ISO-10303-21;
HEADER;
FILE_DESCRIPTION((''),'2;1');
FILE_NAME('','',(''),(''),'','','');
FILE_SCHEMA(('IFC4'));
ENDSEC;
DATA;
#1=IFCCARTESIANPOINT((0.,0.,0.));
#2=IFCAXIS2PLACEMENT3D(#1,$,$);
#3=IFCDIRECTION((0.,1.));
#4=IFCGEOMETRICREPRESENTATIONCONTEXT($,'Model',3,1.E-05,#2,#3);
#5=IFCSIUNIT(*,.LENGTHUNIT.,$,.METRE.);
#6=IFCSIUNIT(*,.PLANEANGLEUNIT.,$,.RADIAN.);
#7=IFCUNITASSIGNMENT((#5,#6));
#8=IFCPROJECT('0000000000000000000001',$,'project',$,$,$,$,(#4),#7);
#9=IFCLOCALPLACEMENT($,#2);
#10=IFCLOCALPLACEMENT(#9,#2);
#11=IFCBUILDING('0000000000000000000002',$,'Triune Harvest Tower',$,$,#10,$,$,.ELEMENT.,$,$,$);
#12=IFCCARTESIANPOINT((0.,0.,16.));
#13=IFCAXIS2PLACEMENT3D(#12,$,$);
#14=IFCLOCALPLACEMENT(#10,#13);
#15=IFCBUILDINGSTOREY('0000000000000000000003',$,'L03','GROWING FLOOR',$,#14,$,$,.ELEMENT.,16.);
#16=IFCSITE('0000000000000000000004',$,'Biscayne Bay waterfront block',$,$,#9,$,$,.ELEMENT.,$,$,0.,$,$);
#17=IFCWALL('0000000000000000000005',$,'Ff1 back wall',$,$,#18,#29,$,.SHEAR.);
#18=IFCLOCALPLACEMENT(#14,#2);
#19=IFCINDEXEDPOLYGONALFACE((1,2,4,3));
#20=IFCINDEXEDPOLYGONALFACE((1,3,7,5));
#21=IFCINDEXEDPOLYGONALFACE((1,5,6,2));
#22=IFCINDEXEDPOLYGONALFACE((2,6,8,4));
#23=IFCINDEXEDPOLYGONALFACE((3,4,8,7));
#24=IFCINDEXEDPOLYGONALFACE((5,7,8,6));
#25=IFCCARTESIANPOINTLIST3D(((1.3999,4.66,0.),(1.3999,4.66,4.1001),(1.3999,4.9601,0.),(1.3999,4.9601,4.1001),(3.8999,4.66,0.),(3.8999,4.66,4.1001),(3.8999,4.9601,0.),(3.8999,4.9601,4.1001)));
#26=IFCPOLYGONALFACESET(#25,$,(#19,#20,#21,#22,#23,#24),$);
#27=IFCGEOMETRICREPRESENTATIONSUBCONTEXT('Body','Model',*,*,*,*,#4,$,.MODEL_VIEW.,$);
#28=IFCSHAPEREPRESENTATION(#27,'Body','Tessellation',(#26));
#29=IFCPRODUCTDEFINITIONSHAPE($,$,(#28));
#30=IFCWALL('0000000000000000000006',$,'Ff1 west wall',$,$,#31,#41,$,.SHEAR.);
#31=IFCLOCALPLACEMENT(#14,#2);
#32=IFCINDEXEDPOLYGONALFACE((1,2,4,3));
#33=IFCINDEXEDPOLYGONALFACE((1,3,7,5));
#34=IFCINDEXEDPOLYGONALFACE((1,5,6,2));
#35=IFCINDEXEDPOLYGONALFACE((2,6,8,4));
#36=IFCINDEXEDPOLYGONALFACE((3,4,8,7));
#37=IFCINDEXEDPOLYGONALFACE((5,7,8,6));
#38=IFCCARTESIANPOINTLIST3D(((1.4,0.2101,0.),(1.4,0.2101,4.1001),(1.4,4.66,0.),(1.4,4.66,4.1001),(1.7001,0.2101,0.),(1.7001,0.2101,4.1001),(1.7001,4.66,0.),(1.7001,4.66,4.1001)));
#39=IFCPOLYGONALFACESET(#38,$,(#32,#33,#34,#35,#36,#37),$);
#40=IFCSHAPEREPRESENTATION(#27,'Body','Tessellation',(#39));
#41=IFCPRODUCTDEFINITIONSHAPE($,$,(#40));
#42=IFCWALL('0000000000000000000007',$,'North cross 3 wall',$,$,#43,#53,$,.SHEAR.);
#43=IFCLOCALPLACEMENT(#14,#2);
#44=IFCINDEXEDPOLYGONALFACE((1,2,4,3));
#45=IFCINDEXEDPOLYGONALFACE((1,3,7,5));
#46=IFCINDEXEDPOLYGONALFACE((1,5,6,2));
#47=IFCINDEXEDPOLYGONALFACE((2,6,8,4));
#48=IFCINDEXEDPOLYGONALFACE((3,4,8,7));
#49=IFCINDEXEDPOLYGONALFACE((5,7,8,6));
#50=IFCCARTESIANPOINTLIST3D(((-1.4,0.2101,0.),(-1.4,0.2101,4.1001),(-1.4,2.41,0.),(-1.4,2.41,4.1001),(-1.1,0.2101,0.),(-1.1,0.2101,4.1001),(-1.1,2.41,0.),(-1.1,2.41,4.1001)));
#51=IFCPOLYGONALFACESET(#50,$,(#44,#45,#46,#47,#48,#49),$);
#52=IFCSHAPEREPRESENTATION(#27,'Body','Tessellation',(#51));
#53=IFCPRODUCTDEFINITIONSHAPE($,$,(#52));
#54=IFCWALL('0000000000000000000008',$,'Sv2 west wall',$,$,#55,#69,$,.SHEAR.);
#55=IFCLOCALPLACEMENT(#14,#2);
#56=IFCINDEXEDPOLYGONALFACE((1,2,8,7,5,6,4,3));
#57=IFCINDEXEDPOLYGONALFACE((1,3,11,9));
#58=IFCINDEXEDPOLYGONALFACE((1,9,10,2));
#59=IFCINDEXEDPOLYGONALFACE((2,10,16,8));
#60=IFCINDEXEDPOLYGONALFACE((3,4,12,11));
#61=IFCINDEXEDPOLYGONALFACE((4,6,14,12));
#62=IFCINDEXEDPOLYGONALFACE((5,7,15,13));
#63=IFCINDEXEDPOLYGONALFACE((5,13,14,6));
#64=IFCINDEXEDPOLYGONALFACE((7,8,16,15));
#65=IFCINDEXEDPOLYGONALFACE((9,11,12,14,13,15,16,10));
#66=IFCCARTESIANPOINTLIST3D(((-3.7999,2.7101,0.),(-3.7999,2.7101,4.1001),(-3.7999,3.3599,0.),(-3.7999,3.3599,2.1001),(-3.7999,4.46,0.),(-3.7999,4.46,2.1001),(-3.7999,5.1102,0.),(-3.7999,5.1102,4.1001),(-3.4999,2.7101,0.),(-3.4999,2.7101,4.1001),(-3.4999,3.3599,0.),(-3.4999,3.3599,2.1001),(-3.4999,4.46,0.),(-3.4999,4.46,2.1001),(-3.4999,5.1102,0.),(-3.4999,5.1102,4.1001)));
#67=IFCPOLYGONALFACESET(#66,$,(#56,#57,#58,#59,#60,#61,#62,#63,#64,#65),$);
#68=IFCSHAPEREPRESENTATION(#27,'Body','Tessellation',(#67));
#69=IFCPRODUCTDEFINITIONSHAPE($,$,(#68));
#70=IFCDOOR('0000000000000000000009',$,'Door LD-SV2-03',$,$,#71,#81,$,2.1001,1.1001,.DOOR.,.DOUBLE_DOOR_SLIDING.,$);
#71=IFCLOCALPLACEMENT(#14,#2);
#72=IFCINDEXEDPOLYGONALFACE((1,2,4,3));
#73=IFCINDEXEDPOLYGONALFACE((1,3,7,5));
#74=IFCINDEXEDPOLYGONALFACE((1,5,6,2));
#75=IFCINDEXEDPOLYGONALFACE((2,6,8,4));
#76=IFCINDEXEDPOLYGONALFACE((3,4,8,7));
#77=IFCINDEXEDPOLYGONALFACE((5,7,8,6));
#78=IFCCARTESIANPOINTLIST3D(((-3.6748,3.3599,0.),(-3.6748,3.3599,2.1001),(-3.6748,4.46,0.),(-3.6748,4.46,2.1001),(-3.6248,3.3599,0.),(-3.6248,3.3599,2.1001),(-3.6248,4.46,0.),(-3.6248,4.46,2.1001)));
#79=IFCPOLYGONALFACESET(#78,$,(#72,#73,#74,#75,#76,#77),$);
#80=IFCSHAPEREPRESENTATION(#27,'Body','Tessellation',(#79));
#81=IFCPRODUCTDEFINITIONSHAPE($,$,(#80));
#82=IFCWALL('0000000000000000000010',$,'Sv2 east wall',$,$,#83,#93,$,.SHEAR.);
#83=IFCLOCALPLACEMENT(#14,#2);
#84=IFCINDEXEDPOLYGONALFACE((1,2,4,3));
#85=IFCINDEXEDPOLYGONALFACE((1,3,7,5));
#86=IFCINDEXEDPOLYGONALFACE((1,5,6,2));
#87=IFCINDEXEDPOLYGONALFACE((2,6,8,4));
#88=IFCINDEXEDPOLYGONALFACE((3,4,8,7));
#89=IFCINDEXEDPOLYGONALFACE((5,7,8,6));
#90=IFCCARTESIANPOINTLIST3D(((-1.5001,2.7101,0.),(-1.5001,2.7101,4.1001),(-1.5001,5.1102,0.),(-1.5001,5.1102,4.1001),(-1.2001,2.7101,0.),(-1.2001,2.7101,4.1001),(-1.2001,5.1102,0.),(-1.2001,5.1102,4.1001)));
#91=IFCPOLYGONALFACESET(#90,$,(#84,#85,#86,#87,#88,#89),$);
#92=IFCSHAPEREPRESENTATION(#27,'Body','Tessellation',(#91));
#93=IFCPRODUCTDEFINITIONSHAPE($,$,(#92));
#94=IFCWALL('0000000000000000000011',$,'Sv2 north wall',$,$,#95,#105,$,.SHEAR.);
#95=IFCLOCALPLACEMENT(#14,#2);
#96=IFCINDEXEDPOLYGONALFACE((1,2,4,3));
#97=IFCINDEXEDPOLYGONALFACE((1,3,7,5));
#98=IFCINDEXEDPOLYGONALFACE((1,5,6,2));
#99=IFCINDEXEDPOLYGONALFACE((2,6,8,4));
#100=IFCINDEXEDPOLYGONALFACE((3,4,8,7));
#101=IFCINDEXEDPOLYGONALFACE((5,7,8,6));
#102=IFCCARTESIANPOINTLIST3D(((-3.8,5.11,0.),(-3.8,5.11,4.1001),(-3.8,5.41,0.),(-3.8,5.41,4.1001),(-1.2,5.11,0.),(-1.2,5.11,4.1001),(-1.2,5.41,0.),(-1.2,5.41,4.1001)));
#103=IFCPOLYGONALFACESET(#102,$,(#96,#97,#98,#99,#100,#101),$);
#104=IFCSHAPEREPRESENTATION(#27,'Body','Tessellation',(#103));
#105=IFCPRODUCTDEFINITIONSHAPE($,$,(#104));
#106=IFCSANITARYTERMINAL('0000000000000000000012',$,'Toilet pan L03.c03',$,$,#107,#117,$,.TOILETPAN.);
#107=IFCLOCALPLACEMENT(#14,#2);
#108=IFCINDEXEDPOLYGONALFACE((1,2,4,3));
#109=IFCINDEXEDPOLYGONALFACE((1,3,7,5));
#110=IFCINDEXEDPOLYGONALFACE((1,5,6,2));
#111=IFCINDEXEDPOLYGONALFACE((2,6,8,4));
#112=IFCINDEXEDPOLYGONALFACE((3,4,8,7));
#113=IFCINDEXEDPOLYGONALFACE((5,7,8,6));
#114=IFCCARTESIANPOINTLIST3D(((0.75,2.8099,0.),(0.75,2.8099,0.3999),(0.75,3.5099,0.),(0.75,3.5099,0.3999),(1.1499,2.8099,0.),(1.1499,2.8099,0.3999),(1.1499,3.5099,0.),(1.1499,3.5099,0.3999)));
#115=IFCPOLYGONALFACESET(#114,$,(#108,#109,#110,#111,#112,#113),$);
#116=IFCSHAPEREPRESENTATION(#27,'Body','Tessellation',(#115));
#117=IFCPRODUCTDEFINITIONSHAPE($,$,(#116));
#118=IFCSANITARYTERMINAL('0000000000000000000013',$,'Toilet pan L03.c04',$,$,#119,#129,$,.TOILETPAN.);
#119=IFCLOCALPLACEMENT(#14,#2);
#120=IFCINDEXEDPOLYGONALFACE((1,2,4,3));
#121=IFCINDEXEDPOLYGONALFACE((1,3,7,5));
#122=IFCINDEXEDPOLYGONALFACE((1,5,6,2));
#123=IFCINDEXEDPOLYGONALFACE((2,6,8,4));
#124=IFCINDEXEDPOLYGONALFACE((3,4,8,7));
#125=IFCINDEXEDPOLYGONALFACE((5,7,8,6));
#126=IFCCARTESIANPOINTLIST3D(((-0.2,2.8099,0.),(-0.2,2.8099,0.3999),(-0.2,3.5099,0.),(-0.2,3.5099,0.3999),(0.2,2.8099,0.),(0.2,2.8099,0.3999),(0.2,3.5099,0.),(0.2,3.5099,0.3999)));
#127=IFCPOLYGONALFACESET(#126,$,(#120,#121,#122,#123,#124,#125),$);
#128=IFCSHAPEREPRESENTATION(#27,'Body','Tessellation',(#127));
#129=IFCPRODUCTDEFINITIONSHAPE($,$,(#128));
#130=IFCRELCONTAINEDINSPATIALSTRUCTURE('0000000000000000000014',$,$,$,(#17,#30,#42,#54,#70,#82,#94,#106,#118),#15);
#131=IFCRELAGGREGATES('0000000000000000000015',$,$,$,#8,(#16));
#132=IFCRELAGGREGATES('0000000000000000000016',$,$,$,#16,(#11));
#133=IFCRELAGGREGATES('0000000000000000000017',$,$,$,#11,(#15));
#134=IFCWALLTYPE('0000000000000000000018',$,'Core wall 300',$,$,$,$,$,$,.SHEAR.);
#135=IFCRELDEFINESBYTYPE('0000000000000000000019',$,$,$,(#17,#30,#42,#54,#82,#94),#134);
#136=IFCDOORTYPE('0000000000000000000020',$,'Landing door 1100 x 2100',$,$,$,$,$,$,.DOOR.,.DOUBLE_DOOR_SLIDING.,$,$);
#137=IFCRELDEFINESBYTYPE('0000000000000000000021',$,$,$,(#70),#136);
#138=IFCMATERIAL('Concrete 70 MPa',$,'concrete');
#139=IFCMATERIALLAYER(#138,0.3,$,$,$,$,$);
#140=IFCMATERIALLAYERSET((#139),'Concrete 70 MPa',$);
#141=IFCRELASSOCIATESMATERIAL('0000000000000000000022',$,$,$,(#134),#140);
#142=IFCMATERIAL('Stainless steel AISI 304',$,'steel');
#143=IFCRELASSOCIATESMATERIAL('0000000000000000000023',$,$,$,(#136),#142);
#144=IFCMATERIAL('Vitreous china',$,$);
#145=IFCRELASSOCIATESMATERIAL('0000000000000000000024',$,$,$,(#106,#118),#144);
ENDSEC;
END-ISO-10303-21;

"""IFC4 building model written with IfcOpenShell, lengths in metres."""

from ifc_helpers import new_model, si_unit, direction, frame, frame_2d, origin, origin_2d, place, context, subcontext, project, spatial, rectangle, extrude, source, transform, mapped, material, layer, layer_set, type_object, element, fill, save


model = new_model("IFC4")

# Units and contexts
model_context = context("Model", 3, precision=1e-05, world=origin(), true_north=direction((0.0, 1.0)))
body_context = subcontext(model_context, "Body", "Model", "MODEL_VIEW")
ifc_project = project(units=[si_unit("LENGTHUNIT", "METRE"), si_unit("PLANEANGLEUNIT", "RADIAN")], contexts=[model_context])

# Site, building, storey
site_placement = place(None, origin())
site = spatial("IfcSite", under=ifc_project, at=site_placement, Name="Biscayne Bay waterfront block", CompositionType="ELEMENT", RefElevation=0.0)
building_placement = place(site_placement, origin())
building = spatial("IfcBuilding", under=site, at=building_placement, Name="Triune Harvest Tower", CompositionType="ELEMENT")
storey_placement = place(building_placement, frame((0.0, 0.0, 16.0)))
storey = spatial("IfcBuildingStorey", under=building, at=storey_placement, Name="L03", Description="GROWING FLOOR", CompositionType="ELEMENT", Elevation=16.0)

# Walls
ifc_material_1 = material(Name="Concrete 70 MPa", Category="concrete")
ifc_layer_1 = layer(ifc_material_1, 0.3)
ifc_layer_set_1 = layer_set([ifc_layer_1], Name="Concrete 70 MPa")
wall_type = type_object("IfcWallType", Name="Core wall 300", PredefinedType="SHEAR", material=ifc_layer_set_1)
shared_shape_1 = source(origin(), body_context, "Body", "SweptSolid", [
    extrude(rectangle(XDim=2.5, YDim=0.3, at=frame_2d((1.25, 0.0))), origin(), (0.0, 0.0, 1.0), 4.1001),
])
wall_1_placement = place(storey_placement, frame((1.3999, 4.8101, 0.0), z_axis=(0.0, 0.0, 1.0), x_axis=(1.0, 0.0, 0.0)))
element("IfcWall", 1, at=wall_1_placement, inside=storey, type_object=wall_type, Name="Ff1 back wall", PredefinedType="SHEAR", context=body_context, shape_type="MappedRepresentation", body=[
    mapped(shared_shape_1, transform((0.0, 0.0, 0.0), scale=1.0)),
])
shared_shape_2 = source(origin(), body_context, "Body", "SweptSolid", [
    extrude(rectangle(XDim=4.45, YDim=0.3, at=frame_2d((2.2251, 0.0))), origin(), (0.0, 0.0, 1.0), 4.1001),
])
wall_2_placement = place(storey_placement, frame((1.55, 0.21, 0.0), z_axis=(0.0, 0.0, 1.0), x_axis=(0.0, 1.0, 0.0)))
element("IfcWall", 2, at=wall_2_placement, inside=storey, type_object=wall_type, Name="Ff1 west wall", PredefinedType="SHEAR", context=body_context, shape_type="MappedRepresentation", body=[
    mapped(shared_shape_2, transform((0.0, 0.0, 0.0), scale=1.0)),
])
shared_shape_3 = source(origin(), body_context, "Body", "SweptSolid", [
    extrude(rectangle(XDim=2.2, YDim=0.3, at=frame_2d((1.1001, 0.0))), origin(), (0.0, 0.0, 1.0), 4.1001),
])
wall_3_placement = place(storey_placement, frame((-1.25, 0.21, 0.0), z_axis=(0.0, 0.0, 1.0), x_axis=(0.0, 1.0, 0.0)))
element("IfcWall", 3, at=wall_3_placement, inside=storey, type_object=wall_type, Name="North cross 3 wall", PredefinedType="SHEAR", context=body_context, shape_type="MappedRepresentation", body=[
    mapped(shared_shape_3, transform((0.0, 0.0, 0.0), scale=1.0)),
])

# Wall, opening, door
shared_shape_4 = source(origin(), body_context, "Body", "SweptSolid", [
    extrude(rectangle(XDim=2.4001, YDim=0.3, at=frame_2d((1.2002, 0.0))), origin(), (0.0, 0.0, 1.0), 4.1001),
])
wall_4_placement = place(storey_placement, frame((-3.6499, 2.71, 0.0), z_axis=(0.0, 0.0, 1.0), x_axis=(0.0, 1.0, 0.0)))
wall_4 = element("IfcWall", 4, at=wall_4_placement, inside=storey, type_object=wall_type, Name="Sv2 west wall", PredefinedType="SHEAR", context=body_context, shape_type="MappedRepresentation", body=[
    mapped(shared_shape_4, transform((0.0, 0.0, 0.0), scale=1.0)),
])
opening_1_placement = place(wall_4_placement, frame((0.6499, 0.0, 0.0)))
opening_1 = element("IfcOpeningElement", 5, at=opening_1_placement, cuts=wall_4, PredefinedType="OPENING", context=body_context, shape_type="SweptSolid", body=[
    extrude(rectangle(XDim=1.1001, YDim=2.1001, at=frame_2d((0.55, 1.05))), frame((0.0, 0.1602, 0.0), z_axis=(0.0, -1.0, 0.0), x_axis=(1.0, 0.0, 0.0)), (0.0, 0.0, 1.0), 0.3201),
])
ifc_material_2 = material(Name="Stainless steel AISI 304", Category="steel")
door_type = type_object("IfcDoorType", Name="Landing door 1100 x 2100", OperationType="DOUBLE_DOOR_SLIDING", PredefinedType="DOOR", material=ifc_material_2)
door_placement = place(opening_1_placement, origin())
door = element("IfcDoor", 6, at=door_placement, inside=storey, type_object=door_type, Name="Door LD-SV2-03", OperationType="DOUBLE_DOOR_SLIDING", OverallHeight=2.1001, OverallWidth=1.1001, PredefinedType="DOOR", context=body_context, shape_type="SweptSolid", body=[
    extrude(rectangle(XDim=1.1001, YDim=2.1001, at=frame_2d((0.55, 1.05))), frame((0.0, 0.0249, 0.0), z_axis=(0.0, -1.0, 0.0), x_axis=(1.0, 0.0, 0.0)), (0.0, 0.0, 1.0), 0.05),
])
fill(opening_1, door)

# Walls
wall_5_placement = place(storey_placement, frame((-1.3501, 2.71, 0.0), z_axis=(0.0, 0.0, 1.0), x_axis=(0.0, 1.0, 0.0)))
element("IfcWall", 7, at=wall_5_placement, inside=storey, type_object=wall_type, Name="Sv2 east wall", PredefinedType="SHEAR", context=body_context, shape_type="MappedRepresentation", body=[
    mapped(shared_shape_4, transform((0.0, 0.0, 0.0), scale=1.0)),
])
shared_shape_5 = source(origin(), body_context, "Body", "SweptSolid", [
    extrude(rectangle(XDim=2.6001, YDim=0.3, at=frame_2d((1.3, 0.0))), origin(), (0.0, 0.0, 1.0), 4.1001),
])
wall_6_placement = place(storey_placement, frame((-3.8, 5.26, 0.0), z_axis=(0.0, 0.0, 1.0), x_axis=(1.0, 0.0, 0.0)))
element("IfcWall", 8, at=wall_6_placement, inside=storey, type_object=wall_type, Name="Sv2 north wall", PredefinedType="SHEAR", context=body_context, shape_type="MappedRepresentation", body=[
    mapped(shared_shape_5, transform((0.0, 0.0, 0.0), scale=1.0)),
])

# Sanitary terminals
ifc_material_3 = material(Name="Vitreous china")
shared_shape_6 = source(origin(), body_context, "Body", "SweptSolid", [
    extrude(rectangle(XDim=0.3999, YDim=0.7, at=origin_2d()), origin(), (0.0, 0.0, 1.0), 0.3999),
])
for number, where, z_axis, x_axis, name in (
    (9, (0.95, 3.1599, 0.0), (0.0, 0.0, 1.0), (-1.0, 0.0, 0.0), "Toilet pan L03.c03"),
    (10, (0.0, 3.1599, 0.0), (0.0, 0.0, 1.0), (-1.0, 0.0, 0.0), "Toilet pan L03.c04"),
):
    element("IfcSanitaryTerminal", number, at=place(storey_placement, frame(where, z_axis=z_axis, x_axis=x_axis)), inside=storey, material=ifc_material_3, Name=name, PredefinedType="TOILETPAN", context=body_context, shape_type="MappedRepresentation", body=[
        mapped(shared_shape_6, transform((0.0, 0.0, 0.0), scale=1.0)),
    ])

save(model, "model.ifc")
